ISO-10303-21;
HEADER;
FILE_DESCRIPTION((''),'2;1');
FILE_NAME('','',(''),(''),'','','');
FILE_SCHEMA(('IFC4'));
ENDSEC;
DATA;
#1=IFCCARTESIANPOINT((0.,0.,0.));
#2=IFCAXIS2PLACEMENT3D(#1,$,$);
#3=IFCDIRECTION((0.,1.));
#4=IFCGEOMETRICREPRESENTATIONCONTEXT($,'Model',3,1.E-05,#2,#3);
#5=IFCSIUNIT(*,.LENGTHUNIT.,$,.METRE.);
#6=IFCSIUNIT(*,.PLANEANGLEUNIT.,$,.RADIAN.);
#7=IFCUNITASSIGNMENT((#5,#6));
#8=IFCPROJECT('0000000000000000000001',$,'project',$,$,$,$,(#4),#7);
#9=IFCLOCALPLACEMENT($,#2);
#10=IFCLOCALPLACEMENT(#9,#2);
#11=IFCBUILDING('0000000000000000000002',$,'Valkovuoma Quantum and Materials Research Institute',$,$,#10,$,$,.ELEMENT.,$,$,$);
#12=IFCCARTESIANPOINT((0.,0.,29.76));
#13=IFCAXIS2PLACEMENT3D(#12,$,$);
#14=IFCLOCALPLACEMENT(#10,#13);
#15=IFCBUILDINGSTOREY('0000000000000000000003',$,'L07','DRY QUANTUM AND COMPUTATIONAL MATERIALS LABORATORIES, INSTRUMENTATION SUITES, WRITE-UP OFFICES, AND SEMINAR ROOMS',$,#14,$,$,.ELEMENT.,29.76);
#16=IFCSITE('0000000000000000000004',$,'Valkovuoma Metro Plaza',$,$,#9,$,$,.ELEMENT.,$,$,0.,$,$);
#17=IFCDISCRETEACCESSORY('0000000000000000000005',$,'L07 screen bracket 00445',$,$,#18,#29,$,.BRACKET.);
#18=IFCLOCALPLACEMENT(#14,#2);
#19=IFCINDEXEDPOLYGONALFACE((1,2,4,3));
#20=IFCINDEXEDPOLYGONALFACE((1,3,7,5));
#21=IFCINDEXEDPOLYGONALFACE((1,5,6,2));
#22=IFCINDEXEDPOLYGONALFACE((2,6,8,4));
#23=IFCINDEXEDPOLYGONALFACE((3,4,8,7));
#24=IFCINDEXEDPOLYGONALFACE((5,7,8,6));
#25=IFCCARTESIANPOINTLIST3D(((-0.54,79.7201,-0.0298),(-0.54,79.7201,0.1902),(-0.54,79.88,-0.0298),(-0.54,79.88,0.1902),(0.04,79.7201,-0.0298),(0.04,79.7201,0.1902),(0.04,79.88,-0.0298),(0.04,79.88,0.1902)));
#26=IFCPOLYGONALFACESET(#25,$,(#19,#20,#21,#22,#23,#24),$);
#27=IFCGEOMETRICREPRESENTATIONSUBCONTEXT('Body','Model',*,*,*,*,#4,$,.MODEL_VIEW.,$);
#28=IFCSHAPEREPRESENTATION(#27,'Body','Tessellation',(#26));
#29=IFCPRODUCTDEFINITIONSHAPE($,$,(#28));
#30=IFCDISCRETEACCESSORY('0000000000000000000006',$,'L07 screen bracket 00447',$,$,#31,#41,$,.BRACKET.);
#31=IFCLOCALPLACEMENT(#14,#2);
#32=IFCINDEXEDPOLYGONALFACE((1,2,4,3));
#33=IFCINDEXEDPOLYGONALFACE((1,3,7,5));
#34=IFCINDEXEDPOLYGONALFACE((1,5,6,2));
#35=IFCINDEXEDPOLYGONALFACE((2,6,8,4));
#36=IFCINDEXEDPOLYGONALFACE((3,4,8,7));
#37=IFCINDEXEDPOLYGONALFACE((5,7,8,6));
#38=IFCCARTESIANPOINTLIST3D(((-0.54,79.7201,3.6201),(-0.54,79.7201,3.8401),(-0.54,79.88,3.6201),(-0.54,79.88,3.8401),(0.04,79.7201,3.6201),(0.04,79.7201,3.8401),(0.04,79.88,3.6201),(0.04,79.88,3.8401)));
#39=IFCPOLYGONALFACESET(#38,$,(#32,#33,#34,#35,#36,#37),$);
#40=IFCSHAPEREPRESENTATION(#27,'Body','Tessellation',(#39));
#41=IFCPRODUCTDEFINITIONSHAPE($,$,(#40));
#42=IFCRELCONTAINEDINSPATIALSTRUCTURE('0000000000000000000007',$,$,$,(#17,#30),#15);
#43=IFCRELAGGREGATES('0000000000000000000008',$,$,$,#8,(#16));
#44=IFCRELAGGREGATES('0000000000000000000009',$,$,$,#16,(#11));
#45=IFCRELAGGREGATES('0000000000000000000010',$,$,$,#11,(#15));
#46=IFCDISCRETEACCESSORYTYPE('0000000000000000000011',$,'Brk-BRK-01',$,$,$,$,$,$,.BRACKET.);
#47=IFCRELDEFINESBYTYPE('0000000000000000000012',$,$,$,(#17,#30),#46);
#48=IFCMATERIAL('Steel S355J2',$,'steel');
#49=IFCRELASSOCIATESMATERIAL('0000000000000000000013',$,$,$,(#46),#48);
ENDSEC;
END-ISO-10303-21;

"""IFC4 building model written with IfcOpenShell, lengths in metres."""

from ifc_helpers import new_model, si_unit, direction, frame, origin, origin_2d, place, context, subcontext, project, spatial, rectangle, extrude, material, type_object, element, save


model = new_model("IFC4")

# Units and contexts
model_context = context("Model", 3, precision=1e-05, world=origin(), true_north=direction((0.0, 1.0)))
body_context = subcontext(model_context, "Body", "Model", "MODEL_VIEW")
ifc_project = project(units=[si_unit("LENGTHUNIT", "METRE"), si_unit("PLANEANGLEUNIT", "RADIAN")], contexts=[model_context])

# Site, building, storey
site_placement = place(None, origin())
site = spatial("IfcSite", under=ifc_project, at=site_placement, Name="Valkovuoma Metro Plaza", CompositionType="ELEMENT", RefElevation=0.0)
building_placement = place(site_placement, origin())
building = spatial("IfcBuilding", under=site, at=building_placement, Name="Valkovuoma Quantum and Materials Research Institute", CompositionType="ELEMENT")
storey_placement = place(building_placement, frame((0.0, 0.0, 29.76)))
storey = spatial("IfcBuildingStorey", under=building, at=storey_placement, Name="L07", Description="DRY QUANTUM AND COMPUTATIONAL MATERIALS LABORATORIES, INSTRUMENTATION SUITES, WRITE-UP OFFICES, AND SEMINAR ROOMS", CompositionType="ELEMENT", Elevation=29.76)

# Discrete accessories
ifc_material_1 = material(Name="Steel S355J2", Category="steel")
discrete_accessory_type = type_object("IfcDiscreteAccessoryType", Name="Brk-BRK-01", PredefinedType="BRACKET", material=ifc_material_1)
for number, where, z_axis, x_axis, name in (
    (1, (-0.25, 79.8, -0.0298), (0.0, 0.0, 1.0), (1.0, 0.0, 0.0), "L07 screen bracket 00445"),
    (2, (-0.25, 79.8, 3.6201), (0.0, 0.0, 1.0), (1.0, 0.0, 0.0), "L07 screen bracket 00447"),
):
    element("IfcDiscreteAccessory", number, at=place(storey_placement, frame(where, z_axis=z_axis, x_axis=x_axis)), inside=storey, type_object=discrete_accessory_type, Name=name, PredefinedType="BRACKET", context=body_context, shape_type="SweptSolid", body=[
        extrude(rectangle(XDim=0.5801, YDim=0.1599, at=origin_2d()), origin(), (0.0, 0.0, 1.0), 0.22),
    ])

save(model, "model.ifc")
